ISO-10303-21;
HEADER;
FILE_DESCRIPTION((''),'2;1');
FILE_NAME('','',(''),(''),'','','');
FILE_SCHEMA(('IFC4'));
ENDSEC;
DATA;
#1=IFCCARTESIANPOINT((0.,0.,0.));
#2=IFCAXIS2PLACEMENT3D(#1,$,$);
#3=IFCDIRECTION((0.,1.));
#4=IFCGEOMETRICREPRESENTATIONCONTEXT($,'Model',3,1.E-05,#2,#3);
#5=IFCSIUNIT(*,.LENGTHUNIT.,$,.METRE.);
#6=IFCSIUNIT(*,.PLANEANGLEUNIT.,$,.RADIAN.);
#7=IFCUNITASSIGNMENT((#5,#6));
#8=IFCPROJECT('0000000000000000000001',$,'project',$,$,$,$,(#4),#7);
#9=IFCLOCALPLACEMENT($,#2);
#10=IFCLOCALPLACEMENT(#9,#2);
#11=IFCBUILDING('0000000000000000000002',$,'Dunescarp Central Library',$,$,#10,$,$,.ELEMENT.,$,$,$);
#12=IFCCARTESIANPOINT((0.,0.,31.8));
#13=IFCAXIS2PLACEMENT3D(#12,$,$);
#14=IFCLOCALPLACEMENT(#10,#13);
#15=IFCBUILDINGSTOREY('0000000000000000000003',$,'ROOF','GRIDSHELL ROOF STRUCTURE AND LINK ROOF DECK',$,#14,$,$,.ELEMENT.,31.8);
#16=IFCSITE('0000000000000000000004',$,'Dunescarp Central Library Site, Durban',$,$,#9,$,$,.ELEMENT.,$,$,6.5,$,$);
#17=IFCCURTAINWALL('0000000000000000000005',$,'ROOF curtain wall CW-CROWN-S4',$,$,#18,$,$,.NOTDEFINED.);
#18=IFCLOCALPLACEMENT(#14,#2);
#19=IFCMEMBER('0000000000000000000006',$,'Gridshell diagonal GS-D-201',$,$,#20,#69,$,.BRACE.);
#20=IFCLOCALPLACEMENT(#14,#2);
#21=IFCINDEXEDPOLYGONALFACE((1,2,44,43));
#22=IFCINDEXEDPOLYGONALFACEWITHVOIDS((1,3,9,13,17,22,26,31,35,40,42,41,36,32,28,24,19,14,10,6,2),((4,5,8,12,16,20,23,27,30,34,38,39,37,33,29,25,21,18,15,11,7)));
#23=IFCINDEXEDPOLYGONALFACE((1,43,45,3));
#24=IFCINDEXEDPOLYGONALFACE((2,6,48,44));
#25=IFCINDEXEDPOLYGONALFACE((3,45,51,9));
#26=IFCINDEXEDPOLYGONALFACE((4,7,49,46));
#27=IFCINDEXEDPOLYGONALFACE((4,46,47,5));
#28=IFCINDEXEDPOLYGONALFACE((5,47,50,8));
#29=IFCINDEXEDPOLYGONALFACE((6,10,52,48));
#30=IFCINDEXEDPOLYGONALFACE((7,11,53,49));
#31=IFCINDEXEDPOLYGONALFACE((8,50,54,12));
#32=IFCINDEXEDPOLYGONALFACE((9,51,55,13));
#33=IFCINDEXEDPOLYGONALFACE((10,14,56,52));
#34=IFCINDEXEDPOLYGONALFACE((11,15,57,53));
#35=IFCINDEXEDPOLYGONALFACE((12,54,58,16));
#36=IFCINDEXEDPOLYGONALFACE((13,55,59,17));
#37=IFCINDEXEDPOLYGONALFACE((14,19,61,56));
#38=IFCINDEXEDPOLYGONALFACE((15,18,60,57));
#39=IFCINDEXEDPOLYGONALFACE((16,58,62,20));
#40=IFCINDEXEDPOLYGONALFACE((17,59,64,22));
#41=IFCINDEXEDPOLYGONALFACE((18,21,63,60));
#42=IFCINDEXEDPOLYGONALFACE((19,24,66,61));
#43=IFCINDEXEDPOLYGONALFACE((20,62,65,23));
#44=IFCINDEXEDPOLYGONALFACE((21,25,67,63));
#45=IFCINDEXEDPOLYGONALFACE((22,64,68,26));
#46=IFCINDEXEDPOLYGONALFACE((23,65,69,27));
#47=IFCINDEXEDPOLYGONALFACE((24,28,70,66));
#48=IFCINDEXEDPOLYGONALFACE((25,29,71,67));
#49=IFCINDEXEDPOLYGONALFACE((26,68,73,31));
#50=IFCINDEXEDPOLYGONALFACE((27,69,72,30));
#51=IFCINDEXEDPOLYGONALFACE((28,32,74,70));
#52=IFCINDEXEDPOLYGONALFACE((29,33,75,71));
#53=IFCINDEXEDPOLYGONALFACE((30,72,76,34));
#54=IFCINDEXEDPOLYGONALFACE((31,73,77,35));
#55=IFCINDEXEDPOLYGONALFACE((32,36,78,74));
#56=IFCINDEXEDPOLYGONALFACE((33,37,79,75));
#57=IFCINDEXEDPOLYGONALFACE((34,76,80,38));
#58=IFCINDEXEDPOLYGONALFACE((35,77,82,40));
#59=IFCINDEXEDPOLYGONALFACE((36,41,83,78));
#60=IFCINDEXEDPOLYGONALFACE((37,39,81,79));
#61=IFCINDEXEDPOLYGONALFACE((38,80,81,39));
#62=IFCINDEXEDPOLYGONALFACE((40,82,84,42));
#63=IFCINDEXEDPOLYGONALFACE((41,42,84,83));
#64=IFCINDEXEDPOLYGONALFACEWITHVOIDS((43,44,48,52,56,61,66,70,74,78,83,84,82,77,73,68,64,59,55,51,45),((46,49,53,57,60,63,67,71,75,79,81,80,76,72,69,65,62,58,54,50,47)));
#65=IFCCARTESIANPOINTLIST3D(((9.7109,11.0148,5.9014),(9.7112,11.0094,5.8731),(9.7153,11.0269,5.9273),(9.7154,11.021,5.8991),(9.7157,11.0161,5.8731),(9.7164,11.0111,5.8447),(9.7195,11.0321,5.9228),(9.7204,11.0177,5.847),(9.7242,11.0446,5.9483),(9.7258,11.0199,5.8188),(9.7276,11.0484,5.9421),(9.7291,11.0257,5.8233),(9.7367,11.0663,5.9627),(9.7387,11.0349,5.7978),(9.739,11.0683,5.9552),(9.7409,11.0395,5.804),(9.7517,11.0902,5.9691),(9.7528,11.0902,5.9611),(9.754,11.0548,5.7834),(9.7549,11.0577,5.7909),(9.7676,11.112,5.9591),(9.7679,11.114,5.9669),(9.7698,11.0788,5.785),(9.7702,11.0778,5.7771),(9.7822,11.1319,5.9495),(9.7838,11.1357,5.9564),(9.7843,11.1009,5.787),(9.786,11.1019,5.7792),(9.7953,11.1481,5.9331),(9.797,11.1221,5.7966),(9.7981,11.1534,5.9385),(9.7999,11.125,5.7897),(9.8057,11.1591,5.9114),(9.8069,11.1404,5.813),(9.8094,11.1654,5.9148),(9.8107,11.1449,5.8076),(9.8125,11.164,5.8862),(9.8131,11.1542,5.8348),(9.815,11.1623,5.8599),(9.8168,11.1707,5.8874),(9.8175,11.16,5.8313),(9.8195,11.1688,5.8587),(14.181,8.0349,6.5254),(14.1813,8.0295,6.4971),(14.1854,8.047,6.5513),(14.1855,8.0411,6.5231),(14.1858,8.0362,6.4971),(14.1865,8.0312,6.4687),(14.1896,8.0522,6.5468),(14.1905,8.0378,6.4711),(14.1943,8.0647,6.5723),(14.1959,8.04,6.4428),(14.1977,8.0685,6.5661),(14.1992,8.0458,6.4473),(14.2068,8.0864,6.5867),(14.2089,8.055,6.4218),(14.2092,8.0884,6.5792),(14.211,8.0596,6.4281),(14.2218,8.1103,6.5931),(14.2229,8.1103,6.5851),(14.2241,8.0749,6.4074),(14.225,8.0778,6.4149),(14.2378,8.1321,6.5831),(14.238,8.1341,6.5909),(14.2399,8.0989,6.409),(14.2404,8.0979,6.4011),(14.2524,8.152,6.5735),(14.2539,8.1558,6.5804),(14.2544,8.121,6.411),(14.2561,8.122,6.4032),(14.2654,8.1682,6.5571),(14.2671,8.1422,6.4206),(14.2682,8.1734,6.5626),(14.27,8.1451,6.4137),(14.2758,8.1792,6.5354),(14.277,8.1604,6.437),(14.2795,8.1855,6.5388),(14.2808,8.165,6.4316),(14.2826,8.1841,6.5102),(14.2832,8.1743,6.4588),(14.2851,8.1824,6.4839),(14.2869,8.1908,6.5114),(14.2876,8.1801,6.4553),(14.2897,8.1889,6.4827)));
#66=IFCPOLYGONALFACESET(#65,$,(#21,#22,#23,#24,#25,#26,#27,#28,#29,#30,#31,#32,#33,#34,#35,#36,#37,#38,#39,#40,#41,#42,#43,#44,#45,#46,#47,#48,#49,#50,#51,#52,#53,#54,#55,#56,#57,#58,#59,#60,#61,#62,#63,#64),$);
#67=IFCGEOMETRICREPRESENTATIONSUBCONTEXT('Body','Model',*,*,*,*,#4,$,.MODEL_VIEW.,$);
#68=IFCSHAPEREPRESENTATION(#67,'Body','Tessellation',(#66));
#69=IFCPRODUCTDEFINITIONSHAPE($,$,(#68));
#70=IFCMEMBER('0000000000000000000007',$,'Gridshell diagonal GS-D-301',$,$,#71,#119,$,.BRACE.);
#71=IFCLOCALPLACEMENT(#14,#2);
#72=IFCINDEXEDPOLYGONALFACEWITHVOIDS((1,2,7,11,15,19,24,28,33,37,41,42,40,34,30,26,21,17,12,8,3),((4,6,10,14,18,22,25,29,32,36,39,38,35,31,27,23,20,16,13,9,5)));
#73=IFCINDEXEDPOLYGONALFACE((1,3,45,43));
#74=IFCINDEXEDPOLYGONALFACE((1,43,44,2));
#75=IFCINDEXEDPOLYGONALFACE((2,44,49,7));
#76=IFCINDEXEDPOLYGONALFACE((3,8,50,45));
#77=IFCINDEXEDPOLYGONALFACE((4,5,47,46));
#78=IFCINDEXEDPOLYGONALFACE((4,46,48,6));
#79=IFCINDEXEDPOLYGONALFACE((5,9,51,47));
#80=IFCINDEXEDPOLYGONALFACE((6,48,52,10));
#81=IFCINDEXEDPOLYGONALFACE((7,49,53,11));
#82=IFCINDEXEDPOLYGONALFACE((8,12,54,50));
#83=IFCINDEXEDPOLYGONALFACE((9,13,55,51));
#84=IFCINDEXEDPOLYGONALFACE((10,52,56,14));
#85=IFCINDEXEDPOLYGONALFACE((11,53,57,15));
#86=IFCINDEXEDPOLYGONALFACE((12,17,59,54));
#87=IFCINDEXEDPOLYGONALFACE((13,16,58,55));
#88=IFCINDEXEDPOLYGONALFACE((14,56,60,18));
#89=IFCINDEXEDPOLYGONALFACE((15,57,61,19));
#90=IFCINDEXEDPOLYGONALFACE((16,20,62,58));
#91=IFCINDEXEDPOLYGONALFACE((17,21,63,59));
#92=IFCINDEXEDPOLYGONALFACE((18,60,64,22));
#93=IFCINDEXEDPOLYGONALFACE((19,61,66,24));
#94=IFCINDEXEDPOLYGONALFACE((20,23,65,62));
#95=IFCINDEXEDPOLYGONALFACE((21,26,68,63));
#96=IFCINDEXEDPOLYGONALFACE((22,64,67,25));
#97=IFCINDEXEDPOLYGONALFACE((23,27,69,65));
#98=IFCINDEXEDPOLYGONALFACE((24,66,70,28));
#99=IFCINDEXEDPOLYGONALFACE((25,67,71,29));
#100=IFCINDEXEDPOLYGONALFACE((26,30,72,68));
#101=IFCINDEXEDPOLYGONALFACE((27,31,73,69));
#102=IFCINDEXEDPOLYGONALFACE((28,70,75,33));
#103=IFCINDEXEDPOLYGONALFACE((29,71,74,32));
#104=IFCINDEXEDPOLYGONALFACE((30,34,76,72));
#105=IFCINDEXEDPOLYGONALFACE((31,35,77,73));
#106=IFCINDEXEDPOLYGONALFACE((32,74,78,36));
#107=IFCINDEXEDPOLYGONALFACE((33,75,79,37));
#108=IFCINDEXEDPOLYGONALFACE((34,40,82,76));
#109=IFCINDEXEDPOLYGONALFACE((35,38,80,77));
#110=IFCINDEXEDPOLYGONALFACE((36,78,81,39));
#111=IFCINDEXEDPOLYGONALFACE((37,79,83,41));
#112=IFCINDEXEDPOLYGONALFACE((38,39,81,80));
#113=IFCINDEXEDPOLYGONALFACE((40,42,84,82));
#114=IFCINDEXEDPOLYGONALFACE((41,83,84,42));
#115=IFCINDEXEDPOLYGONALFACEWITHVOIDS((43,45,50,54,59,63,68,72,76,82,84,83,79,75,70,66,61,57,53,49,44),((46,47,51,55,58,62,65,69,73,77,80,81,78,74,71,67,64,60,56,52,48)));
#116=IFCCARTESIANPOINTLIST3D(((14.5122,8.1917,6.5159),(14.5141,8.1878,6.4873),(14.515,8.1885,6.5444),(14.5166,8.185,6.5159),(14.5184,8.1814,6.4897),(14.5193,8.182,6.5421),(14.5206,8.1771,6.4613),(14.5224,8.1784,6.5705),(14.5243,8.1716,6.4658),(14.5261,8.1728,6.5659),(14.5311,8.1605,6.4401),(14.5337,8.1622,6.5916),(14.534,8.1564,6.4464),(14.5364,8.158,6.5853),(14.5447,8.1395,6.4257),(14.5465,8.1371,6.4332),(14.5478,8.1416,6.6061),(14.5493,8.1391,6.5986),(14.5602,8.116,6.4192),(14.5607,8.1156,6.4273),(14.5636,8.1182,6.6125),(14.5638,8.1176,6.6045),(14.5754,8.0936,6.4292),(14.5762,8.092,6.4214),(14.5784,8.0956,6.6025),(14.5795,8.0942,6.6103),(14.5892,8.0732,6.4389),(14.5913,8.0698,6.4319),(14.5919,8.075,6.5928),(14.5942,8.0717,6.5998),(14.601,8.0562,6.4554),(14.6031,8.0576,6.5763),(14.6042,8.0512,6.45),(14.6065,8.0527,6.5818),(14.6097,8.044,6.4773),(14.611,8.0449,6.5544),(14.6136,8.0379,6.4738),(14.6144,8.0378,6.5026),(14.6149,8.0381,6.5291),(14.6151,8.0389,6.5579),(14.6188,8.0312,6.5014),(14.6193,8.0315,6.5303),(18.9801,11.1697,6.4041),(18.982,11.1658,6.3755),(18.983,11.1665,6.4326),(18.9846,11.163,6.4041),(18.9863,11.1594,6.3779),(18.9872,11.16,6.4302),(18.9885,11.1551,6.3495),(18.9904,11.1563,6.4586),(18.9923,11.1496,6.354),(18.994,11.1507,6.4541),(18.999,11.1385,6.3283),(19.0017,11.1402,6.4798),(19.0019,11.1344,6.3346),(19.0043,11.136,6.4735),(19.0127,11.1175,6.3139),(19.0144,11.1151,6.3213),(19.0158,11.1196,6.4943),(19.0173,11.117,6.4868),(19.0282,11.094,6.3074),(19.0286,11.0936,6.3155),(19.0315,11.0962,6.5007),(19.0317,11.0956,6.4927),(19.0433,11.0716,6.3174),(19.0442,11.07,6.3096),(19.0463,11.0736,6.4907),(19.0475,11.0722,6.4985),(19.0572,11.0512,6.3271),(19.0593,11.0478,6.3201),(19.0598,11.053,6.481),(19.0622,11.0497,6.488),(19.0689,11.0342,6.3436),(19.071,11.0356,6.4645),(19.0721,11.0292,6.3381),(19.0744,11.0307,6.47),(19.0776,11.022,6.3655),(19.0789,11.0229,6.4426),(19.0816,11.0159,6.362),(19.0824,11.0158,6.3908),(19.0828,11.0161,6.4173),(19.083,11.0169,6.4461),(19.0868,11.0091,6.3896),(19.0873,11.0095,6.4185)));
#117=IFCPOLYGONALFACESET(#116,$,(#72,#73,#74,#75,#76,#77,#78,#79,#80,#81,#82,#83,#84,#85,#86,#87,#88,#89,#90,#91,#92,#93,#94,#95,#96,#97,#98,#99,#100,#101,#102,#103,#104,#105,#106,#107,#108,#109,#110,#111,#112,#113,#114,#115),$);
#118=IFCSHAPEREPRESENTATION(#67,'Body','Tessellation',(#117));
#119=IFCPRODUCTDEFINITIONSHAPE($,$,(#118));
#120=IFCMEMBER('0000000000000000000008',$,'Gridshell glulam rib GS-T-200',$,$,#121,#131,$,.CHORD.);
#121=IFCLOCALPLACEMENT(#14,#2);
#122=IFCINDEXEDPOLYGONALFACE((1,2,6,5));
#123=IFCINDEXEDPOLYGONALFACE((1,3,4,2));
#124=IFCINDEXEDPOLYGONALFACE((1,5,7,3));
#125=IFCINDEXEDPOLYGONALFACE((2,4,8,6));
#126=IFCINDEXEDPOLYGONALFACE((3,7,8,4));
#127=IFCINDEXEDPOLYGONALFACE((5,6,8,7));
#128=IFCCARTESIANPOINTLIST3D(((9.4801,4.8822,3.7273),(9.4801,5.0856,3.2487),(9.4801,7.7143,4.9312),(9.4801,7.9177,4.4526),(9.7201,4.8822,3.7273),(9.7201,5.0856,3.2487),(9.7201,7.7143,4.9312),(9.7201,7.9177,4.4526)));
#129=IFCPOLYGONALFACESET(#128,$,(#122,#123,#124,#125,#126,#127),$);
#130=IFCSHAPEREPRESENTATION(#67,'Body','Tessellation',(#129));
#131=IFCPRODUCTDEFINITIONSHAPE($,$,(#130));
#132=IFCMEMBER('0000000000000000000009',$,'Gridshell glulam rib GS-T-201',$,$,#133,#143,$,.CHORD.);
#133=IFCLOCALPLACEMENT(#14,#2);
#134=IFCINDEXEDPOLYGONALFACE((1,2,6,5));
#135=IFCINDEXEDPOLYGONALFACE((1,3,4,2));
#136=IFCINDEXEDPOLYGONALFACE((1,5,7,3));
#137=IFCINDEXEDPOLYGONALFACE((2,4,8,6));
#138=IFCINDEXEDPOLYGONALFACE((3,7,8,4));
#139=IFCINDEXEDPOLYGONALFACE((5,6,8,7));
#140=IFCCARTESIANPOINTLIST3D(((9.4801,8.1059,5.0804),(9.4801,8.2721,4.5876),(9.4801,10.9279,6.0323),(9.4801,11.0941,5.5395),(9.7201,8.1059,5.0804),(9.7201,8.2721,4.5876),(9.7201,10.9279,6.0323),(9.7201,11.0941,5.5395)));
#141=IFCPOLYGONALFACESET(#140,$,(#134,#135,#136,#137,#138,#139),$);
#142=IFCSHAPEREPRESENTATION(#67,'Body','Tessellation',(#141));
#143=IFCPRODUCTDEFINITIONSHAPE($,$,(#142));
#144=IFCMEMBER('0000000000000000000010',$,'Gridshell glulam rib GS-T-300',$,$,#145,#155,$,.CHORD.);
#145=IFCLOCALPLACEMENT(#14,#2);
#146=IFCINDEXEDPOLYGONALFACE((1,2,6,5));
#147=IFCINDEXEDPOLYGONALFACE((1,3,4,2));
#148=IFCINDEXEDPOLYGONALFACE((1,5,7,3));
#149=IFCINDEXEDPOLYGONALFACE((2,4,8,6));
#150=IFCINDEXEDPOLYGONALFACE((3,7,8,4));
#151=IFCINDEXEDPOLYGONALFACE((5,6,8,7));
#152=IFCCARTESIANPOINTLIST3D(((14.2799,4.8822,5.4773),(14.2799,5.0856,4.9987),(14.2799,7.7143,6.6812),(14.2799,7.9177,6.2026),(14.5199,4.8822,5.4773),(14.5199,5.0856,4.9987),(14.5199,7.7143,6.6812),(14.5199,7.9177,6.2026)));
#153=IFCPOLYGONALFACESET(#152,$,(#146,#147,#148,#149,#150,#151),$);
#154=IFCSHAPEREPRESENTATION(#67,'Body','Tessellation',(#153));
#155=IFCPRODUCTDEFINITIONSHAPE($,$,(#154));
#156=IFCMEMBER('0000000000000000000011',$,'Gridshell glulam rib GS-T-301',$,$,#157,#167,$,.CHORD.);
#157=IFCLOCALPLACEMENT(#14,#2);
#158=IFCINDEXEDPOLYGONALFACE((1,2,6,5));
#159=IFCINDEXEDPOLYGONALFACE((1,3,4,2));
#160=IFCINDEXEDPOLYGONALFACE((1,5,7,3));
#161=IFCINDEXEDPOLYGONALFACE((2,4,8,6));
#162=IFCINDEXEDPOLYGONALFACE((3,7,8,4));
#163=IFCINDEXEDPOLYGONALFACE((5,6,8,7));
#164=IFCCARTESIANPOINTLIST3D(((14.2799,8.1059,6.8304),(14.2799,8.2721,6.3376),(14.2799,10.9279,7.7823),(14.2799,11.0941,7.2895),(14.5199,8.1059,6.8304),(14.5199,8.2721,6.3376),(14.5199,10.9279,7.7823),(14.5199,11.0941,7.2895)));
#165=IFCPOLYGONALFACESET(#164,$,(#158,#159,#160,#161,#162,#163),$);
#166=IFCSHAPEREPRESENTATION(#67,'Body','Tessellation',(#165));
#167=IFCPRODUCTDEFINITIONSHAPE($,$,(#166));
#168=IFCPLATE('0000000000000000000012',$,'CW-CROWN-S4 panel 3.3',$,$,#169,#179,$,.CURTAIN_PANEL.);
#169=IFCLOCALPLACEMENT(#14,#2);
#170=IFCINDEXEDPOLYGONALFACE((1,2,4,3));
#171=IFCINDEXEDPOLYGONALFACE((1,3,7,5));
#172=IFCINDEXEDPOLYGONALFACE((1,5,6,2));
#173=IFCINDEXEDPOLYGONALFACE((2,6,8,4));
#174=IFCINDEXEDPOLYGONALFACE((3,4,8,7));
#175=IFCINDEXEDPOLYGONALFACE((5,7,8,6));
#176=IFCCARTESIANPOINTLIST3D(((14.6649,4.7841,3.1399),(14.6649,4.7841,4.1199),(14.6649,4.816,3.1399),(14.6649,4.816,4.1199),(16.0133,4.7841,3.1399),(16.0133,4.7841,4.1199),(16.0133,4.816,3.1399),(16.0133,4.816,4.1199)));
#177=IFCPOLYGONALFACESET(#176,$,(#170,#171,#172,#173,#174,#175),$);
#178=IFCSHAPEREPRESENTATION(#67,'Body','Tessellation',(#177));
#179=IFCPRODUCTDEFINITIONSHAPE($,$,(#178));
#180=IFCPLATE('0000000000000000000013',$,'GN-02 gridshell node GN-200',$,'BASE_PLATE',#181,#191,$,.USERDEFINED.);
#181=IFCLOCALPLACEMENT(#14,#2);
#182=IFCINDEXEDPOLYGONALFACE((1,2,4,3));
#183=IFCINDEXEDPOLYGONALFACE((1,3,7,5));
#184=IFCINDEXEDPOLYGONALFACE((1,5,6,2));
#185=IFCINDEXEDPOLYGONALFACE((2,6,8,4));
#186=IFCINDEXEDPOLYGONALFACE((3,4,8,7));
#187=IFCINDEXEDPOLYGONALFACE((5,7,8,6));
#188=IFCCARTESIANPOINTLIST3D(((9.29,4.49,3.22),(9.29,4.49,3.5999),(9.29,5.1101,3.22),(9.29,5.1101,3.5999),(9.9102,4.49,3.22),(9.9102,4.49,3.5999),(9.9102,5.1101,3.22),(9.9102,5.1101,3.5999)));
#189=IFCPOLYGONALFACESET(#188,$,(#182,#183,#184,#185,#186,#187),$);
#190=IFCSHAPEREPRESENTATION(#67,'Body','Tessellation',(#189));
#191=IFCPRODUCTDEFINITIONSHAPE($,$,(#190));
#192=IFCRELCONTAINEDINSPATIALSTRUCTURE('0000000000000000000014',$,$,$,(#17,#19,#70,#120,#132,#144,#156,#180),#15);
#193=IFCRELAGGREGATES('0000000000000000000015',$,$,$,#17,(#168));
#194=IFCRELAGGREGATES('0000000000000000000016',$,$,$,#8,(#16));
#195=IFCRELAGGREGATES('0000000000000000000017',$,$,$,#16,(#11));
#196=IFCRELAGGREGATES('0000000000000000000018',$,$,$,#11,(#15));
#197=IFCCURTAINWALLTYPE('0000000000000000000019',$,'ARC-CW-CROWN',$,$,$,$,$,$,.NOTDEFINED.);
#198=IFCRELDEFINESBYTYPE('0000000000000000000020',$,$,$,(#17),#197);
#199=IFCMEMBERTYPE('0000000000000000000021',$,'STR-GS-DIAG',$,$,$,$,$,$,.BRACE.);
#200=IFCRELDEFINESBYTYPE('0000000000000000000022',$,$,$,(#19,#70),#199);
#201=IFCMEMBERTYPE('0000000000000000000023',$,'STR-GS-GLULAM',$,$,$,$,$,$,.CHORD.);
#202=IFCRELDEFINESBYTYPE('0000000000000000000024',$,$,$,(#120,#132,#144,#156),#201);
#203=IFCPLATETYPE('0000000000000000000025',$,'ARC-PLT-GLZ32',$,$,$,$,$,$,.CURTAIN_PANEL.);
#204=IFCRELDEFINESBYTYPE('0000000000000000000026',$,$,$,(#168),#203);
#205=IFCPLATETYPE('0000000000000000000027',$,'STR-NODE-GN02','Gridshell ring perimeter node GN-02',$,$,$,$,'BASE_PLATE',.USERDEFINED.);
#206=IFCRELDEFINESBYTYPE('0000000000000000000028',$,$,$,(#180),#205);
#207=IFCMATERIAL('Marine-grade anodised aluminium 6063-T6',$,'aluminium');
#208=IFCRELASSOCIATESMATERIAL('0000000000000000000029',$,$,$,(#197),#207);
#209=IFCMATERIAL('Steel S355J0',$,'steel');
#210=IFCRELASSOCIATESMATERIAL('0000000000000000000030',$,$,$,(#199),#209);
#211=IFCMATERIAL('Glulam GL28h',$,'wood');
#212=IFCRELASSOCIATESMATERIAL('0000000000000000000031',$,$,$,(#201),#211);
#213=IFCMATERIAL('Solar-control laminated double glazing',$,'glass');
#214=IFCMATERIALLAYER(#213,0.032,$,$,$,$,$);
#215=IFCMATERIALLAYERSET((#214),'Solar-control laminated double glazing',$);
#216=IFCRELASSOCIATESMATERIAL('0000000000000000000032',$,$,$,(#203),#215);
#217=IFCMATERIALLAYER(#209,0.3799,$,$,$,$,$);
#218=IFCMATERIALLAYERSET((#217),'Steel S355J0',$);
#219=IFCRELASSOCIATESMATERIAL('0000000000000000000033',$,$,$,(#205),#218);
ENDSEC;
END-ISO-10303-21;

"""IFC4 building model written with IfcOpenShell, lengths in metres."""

from ifc_helpers import new_model, si_unit, direction, frame, origin, origin_2d, place, context, subcontext, project, spatial, rectangle, hollow_circle, extrude, material, layer, layer_set, material_profile, profile_set, type_object, element, aggregate, save


model = new_model("IFC4")

# Units and contexts
model_context = context("Model", 3, precision=1e-05, world=origin(), true_north=direction((0.0, 1.0)))
body_context = subcontext(model_context, "Body", "Model", "MODEL_VIEW")
ifc_project = project(units=[si_unit("LENGTHUNIT", "METRE"), si_unit("PLANEANGLEUNIT", "RADIAN")], contexts=[model_context])

# Site, building, storey
site_placement = place(None, origin())
site = spatial("IfcSite", under=ifc_project, at=site_placement, Name="Dunescarp Central Library Site, Durban", CompositionType="ELEMENT", RefElevation=6.5)
building_placement = place(site_placement, origin())
building = spatial("IfcBuilding", under=site, at=building_placement, Name="Dunescarp Central Library", CompositionType="ELEMENT")
storey_placement = place(building_placement, frame((0.0, 0.0, 31.8)))
storey = spatial("IfcBuildingStorey", under=building, at=storey_placement, Name="ROOF", Description="GRIDSHELL ROOF STRUCTURE AND LINK ROOF DECK", CompositionType="ELEMENT", Elevation=31.8)

# Shared definitions
ifc_material_1 = material(Name="Marine-grade anodised aluminium 6063-T6", Category="aluminium")
curtain_wall_type = type_object("IfcCurtainWallType", Name="ARC-CW-CROWN", PredefinedType="NOTDEFINED", material=ifc_material_1)

# Curtain wall
curtain_wall_1_placement = place(storey_placement, origin())
curtain_wall_1 = element("IfcCurtainWall", 1, at=curtain_wall_1_placement, inside=storey, type_object=curtain_wall_type, Name="ROOF curtain wall CW-CROWN-S4", PredefinedType="NOTDEFINED")

# Members
ifc_material_2 = material(Name="Steel S355J0", Category="steel")
ifc_material_profile_1 = material_profile(ifc_material_2, hollow_circle(Radius=0.0969, WallThickness=0.0081, at=origin_2d()), Name="CHS 193.7x8")
ifc_profile_set_1 = profile_set([ifc_material_profile_1], Name="Steel S355J0")
member_type_1 = type_object("IfcMemberType", Name="STR-GS-DIAG", PredefinedType="BRACE", material=ifc_profile_set_1)
member_1_placement = place(storey_placement, frame((14.2351, 8.1101, 6.4971), z_axis=(-0.826508, 0.550975, -0.115377), x_axis=(-0.554679, -0.832064, 0.0)))
element("IfcMember", 2, at=member_1_placement, inside=storey, type_object=member_type_1, Name="Gridshell diagonal GS-D-201", PredefinedType="BRACE", context=body_context, shape_type="SweptSolid", body=[
    extrude(hollow_circle(Radius=0.0969, WallThickness=0.0081, at=origin_2d()), origin(), (0.0, 0.0, 1.0), 5.4084),
])
member_2_placement = place(storey_placement, frame((14.5659, 8.1111, 6.5159), z_axis=(0.831926, 0.554496, -0.02082), x_axis=(-0.554616, 0.832106, 0.0)))
element("IfcMember", 3, at=member_2_placement, inside=storey, type_object=member_type_1, Name="Gridshell diagonal GS-D-301", PredefinedType="BRACE", context=body_context, shape_type="SweptSolid", body=[
    extrude(hollow_circle(Radius=0.0969, WallThickness=0.0081, at=origin_2d()), origin(), (0.0, 0.0, 1.0), 5.3706),
])
ifc_material_3 = material(Name="Glulam GL28h", Category="wood")
ifc_material_profile_2 = material_profile(ifc_material_3, rectangle(XDim=0.24, YDim=0.52, at=origin_2d()), Name="GL28h 240x520")
ifc_profile_set_2 = profile_set([ifc_material_profile_2], Name="Glulam GL28h")
member_type_2 = type_object("IfcMemberType", Name="STR-GS-GLULAM", PredefinedType="CHORD", material=ifc_profile_set_2)
member_3_placement = place(storey_placement, frame((9.6001, 4.9839, 3.488), z_axis=(0.0, 0.920302, 0.391208), x_axis=(-1.0, 0.0, 0.0)))
element("IfcMember", 4, at=member_3_placement, inside=storey, type_object=member_type_2, Name="Gridshell glulam rib GS-T-200", PredefinedType="CHORD", context=body_context, shape_type="SweptSolid", body=[
    extrude(rectangle(XDim=0.24, YDim=0.52, at=origin_2d()), origin(), (0.0, 0.0, 1.0), 3.0774),
])
member_4_placement = place(storey_placement, frame((9.6001, 8.189, 4.834), z_axis=(0.0, 0.947546, 0.319619), x_axis=(-1.0, 0.0, 0.0)))
element("IfcMember", 5, at=member_4_placement, inside=storey, type_object=member_type_2, Name="Gridshell glulam rib GS-T-201", PredefinedType="CHORD", context=body_context, shape_type="SweptSolid", body=[
    extrude(rectangle(XDim=0.24, YDim=0.52, at=origin_2d()), origin(), (0.0, 0.0, 1.0), 2.9783),
])
member_5_placement = place(storey_placement, frame((14.3999, 4.9839, 5.238), z_axis=(0.0, 0.920302, 0.391208), x_axis=(-1.0, 0.0, 0.0)))
element("IfcMember", 6, at=member_5_placement, inside=storey, type_object=member_type_2, Name="Gridshell glulam rib GS-T-300", PredefinedType="CHORD", context=body_context, shape_type="SweptSolid", body=[
    extrude(rectangle(XDim=0.24, YDim=0.52, at=origin_2d()), origin(), (0.0, 0.0, 1.0), 3.0774),
])
member_6_placement = place(storey_placement, frame((14.3999, 8.189, 6.584), z_axis=(0.0, 0.947546, 0.319619), x_axis=(-1.0, 0.0, 0.0)))
element("IfcMember", 7, at=member_6_placement, inside=storey, type_object=member_type_2, Name="Gridshell glulam rib GS-T-301", PredefinedType="CHORD", context=body_context, shape_type="SweptSolid", body=[
    extrude(rectangle(XDim=0.24, YDim=0.52, at=origin_2d()), origin(), (0.0, 0.0, 1.0), 2.9783),
])

# Plate
ifc_material_4 = material(Name="Solar-control laminated double glazing", Category="glass")
ifc_layer_1 = layer(ifc_material_4, 0.032)
ifc_layer_set_1 = layer_set([ifc_layer_1], Name="Solar-control laminated double glazing")
plate_type_1 = type_object("IfcPlateType", Name="ARC-PLT-GLZ32", PredefinedType="CURTAIN_PANEL", material=ifc_layer_set_1)
plate_placement = place(storey_placement, frame((15.3391, 4.8, 3.1399), z_axis=(0.0, 0.0, 1.0), x_axis=(-1.0, 0.0, 0.0)))
plate = element("IfcPlate", 8, at=plate_placement, type_object=plate_type_1, Name="CW-CROWN-S4 panel 3.3", PredefinedType="CURTAIN_PANEL", context=body_context, shape_type="SweptSolid", body=[
    extrude(rectangle(XDim=1.3484, YDim=0.032, at=origin_2d()), origin(), (0.0, 0.0, 1.0), 0.98),
])
aggregate(curtain_wall_1, [plate])

# Plate
ifc_layer_2 = layer(ifc_material_2, 0.3799)
ifc_layer_set_2 = layer_set([ifc_layer_2], Name="Steel S355J0")
plate_type_2 = type_object("IfcPlateType", Name="STR-NODE-GN02", Description="Gridshell ring perimeter node GN-02", ElementType="BASE_PLATE", PredefinedType="USERDEFINED", material=ifc_layer_set_2)
for number, where, z_axis, x_axis, name in (
    (9, (9.6001, 4.8, 3.22), (0.0, 0.0, 1.0), (1.0, 0.0, 0.0), "GN-02 gridshell node GN-200"),
):
    element("IfcPlate", number, at=place(storey_placement, frame(where, z_axis=z_axis, x_axis=x_axis)), inside=storey, type_object=plate_type_2, Name=name, ObjectType="BASE_PLATE", PredefinedType="USERDEFINED", context=body_context, shape_type="SweptSolid", body=[
        extrude(rectangle(XDim=0.6201, YDim=0.6201, at=origin_2d()), origin(), (0.0, 0.0, 1.0), 0.3799),
    ])

save(model, "model.ifc")
